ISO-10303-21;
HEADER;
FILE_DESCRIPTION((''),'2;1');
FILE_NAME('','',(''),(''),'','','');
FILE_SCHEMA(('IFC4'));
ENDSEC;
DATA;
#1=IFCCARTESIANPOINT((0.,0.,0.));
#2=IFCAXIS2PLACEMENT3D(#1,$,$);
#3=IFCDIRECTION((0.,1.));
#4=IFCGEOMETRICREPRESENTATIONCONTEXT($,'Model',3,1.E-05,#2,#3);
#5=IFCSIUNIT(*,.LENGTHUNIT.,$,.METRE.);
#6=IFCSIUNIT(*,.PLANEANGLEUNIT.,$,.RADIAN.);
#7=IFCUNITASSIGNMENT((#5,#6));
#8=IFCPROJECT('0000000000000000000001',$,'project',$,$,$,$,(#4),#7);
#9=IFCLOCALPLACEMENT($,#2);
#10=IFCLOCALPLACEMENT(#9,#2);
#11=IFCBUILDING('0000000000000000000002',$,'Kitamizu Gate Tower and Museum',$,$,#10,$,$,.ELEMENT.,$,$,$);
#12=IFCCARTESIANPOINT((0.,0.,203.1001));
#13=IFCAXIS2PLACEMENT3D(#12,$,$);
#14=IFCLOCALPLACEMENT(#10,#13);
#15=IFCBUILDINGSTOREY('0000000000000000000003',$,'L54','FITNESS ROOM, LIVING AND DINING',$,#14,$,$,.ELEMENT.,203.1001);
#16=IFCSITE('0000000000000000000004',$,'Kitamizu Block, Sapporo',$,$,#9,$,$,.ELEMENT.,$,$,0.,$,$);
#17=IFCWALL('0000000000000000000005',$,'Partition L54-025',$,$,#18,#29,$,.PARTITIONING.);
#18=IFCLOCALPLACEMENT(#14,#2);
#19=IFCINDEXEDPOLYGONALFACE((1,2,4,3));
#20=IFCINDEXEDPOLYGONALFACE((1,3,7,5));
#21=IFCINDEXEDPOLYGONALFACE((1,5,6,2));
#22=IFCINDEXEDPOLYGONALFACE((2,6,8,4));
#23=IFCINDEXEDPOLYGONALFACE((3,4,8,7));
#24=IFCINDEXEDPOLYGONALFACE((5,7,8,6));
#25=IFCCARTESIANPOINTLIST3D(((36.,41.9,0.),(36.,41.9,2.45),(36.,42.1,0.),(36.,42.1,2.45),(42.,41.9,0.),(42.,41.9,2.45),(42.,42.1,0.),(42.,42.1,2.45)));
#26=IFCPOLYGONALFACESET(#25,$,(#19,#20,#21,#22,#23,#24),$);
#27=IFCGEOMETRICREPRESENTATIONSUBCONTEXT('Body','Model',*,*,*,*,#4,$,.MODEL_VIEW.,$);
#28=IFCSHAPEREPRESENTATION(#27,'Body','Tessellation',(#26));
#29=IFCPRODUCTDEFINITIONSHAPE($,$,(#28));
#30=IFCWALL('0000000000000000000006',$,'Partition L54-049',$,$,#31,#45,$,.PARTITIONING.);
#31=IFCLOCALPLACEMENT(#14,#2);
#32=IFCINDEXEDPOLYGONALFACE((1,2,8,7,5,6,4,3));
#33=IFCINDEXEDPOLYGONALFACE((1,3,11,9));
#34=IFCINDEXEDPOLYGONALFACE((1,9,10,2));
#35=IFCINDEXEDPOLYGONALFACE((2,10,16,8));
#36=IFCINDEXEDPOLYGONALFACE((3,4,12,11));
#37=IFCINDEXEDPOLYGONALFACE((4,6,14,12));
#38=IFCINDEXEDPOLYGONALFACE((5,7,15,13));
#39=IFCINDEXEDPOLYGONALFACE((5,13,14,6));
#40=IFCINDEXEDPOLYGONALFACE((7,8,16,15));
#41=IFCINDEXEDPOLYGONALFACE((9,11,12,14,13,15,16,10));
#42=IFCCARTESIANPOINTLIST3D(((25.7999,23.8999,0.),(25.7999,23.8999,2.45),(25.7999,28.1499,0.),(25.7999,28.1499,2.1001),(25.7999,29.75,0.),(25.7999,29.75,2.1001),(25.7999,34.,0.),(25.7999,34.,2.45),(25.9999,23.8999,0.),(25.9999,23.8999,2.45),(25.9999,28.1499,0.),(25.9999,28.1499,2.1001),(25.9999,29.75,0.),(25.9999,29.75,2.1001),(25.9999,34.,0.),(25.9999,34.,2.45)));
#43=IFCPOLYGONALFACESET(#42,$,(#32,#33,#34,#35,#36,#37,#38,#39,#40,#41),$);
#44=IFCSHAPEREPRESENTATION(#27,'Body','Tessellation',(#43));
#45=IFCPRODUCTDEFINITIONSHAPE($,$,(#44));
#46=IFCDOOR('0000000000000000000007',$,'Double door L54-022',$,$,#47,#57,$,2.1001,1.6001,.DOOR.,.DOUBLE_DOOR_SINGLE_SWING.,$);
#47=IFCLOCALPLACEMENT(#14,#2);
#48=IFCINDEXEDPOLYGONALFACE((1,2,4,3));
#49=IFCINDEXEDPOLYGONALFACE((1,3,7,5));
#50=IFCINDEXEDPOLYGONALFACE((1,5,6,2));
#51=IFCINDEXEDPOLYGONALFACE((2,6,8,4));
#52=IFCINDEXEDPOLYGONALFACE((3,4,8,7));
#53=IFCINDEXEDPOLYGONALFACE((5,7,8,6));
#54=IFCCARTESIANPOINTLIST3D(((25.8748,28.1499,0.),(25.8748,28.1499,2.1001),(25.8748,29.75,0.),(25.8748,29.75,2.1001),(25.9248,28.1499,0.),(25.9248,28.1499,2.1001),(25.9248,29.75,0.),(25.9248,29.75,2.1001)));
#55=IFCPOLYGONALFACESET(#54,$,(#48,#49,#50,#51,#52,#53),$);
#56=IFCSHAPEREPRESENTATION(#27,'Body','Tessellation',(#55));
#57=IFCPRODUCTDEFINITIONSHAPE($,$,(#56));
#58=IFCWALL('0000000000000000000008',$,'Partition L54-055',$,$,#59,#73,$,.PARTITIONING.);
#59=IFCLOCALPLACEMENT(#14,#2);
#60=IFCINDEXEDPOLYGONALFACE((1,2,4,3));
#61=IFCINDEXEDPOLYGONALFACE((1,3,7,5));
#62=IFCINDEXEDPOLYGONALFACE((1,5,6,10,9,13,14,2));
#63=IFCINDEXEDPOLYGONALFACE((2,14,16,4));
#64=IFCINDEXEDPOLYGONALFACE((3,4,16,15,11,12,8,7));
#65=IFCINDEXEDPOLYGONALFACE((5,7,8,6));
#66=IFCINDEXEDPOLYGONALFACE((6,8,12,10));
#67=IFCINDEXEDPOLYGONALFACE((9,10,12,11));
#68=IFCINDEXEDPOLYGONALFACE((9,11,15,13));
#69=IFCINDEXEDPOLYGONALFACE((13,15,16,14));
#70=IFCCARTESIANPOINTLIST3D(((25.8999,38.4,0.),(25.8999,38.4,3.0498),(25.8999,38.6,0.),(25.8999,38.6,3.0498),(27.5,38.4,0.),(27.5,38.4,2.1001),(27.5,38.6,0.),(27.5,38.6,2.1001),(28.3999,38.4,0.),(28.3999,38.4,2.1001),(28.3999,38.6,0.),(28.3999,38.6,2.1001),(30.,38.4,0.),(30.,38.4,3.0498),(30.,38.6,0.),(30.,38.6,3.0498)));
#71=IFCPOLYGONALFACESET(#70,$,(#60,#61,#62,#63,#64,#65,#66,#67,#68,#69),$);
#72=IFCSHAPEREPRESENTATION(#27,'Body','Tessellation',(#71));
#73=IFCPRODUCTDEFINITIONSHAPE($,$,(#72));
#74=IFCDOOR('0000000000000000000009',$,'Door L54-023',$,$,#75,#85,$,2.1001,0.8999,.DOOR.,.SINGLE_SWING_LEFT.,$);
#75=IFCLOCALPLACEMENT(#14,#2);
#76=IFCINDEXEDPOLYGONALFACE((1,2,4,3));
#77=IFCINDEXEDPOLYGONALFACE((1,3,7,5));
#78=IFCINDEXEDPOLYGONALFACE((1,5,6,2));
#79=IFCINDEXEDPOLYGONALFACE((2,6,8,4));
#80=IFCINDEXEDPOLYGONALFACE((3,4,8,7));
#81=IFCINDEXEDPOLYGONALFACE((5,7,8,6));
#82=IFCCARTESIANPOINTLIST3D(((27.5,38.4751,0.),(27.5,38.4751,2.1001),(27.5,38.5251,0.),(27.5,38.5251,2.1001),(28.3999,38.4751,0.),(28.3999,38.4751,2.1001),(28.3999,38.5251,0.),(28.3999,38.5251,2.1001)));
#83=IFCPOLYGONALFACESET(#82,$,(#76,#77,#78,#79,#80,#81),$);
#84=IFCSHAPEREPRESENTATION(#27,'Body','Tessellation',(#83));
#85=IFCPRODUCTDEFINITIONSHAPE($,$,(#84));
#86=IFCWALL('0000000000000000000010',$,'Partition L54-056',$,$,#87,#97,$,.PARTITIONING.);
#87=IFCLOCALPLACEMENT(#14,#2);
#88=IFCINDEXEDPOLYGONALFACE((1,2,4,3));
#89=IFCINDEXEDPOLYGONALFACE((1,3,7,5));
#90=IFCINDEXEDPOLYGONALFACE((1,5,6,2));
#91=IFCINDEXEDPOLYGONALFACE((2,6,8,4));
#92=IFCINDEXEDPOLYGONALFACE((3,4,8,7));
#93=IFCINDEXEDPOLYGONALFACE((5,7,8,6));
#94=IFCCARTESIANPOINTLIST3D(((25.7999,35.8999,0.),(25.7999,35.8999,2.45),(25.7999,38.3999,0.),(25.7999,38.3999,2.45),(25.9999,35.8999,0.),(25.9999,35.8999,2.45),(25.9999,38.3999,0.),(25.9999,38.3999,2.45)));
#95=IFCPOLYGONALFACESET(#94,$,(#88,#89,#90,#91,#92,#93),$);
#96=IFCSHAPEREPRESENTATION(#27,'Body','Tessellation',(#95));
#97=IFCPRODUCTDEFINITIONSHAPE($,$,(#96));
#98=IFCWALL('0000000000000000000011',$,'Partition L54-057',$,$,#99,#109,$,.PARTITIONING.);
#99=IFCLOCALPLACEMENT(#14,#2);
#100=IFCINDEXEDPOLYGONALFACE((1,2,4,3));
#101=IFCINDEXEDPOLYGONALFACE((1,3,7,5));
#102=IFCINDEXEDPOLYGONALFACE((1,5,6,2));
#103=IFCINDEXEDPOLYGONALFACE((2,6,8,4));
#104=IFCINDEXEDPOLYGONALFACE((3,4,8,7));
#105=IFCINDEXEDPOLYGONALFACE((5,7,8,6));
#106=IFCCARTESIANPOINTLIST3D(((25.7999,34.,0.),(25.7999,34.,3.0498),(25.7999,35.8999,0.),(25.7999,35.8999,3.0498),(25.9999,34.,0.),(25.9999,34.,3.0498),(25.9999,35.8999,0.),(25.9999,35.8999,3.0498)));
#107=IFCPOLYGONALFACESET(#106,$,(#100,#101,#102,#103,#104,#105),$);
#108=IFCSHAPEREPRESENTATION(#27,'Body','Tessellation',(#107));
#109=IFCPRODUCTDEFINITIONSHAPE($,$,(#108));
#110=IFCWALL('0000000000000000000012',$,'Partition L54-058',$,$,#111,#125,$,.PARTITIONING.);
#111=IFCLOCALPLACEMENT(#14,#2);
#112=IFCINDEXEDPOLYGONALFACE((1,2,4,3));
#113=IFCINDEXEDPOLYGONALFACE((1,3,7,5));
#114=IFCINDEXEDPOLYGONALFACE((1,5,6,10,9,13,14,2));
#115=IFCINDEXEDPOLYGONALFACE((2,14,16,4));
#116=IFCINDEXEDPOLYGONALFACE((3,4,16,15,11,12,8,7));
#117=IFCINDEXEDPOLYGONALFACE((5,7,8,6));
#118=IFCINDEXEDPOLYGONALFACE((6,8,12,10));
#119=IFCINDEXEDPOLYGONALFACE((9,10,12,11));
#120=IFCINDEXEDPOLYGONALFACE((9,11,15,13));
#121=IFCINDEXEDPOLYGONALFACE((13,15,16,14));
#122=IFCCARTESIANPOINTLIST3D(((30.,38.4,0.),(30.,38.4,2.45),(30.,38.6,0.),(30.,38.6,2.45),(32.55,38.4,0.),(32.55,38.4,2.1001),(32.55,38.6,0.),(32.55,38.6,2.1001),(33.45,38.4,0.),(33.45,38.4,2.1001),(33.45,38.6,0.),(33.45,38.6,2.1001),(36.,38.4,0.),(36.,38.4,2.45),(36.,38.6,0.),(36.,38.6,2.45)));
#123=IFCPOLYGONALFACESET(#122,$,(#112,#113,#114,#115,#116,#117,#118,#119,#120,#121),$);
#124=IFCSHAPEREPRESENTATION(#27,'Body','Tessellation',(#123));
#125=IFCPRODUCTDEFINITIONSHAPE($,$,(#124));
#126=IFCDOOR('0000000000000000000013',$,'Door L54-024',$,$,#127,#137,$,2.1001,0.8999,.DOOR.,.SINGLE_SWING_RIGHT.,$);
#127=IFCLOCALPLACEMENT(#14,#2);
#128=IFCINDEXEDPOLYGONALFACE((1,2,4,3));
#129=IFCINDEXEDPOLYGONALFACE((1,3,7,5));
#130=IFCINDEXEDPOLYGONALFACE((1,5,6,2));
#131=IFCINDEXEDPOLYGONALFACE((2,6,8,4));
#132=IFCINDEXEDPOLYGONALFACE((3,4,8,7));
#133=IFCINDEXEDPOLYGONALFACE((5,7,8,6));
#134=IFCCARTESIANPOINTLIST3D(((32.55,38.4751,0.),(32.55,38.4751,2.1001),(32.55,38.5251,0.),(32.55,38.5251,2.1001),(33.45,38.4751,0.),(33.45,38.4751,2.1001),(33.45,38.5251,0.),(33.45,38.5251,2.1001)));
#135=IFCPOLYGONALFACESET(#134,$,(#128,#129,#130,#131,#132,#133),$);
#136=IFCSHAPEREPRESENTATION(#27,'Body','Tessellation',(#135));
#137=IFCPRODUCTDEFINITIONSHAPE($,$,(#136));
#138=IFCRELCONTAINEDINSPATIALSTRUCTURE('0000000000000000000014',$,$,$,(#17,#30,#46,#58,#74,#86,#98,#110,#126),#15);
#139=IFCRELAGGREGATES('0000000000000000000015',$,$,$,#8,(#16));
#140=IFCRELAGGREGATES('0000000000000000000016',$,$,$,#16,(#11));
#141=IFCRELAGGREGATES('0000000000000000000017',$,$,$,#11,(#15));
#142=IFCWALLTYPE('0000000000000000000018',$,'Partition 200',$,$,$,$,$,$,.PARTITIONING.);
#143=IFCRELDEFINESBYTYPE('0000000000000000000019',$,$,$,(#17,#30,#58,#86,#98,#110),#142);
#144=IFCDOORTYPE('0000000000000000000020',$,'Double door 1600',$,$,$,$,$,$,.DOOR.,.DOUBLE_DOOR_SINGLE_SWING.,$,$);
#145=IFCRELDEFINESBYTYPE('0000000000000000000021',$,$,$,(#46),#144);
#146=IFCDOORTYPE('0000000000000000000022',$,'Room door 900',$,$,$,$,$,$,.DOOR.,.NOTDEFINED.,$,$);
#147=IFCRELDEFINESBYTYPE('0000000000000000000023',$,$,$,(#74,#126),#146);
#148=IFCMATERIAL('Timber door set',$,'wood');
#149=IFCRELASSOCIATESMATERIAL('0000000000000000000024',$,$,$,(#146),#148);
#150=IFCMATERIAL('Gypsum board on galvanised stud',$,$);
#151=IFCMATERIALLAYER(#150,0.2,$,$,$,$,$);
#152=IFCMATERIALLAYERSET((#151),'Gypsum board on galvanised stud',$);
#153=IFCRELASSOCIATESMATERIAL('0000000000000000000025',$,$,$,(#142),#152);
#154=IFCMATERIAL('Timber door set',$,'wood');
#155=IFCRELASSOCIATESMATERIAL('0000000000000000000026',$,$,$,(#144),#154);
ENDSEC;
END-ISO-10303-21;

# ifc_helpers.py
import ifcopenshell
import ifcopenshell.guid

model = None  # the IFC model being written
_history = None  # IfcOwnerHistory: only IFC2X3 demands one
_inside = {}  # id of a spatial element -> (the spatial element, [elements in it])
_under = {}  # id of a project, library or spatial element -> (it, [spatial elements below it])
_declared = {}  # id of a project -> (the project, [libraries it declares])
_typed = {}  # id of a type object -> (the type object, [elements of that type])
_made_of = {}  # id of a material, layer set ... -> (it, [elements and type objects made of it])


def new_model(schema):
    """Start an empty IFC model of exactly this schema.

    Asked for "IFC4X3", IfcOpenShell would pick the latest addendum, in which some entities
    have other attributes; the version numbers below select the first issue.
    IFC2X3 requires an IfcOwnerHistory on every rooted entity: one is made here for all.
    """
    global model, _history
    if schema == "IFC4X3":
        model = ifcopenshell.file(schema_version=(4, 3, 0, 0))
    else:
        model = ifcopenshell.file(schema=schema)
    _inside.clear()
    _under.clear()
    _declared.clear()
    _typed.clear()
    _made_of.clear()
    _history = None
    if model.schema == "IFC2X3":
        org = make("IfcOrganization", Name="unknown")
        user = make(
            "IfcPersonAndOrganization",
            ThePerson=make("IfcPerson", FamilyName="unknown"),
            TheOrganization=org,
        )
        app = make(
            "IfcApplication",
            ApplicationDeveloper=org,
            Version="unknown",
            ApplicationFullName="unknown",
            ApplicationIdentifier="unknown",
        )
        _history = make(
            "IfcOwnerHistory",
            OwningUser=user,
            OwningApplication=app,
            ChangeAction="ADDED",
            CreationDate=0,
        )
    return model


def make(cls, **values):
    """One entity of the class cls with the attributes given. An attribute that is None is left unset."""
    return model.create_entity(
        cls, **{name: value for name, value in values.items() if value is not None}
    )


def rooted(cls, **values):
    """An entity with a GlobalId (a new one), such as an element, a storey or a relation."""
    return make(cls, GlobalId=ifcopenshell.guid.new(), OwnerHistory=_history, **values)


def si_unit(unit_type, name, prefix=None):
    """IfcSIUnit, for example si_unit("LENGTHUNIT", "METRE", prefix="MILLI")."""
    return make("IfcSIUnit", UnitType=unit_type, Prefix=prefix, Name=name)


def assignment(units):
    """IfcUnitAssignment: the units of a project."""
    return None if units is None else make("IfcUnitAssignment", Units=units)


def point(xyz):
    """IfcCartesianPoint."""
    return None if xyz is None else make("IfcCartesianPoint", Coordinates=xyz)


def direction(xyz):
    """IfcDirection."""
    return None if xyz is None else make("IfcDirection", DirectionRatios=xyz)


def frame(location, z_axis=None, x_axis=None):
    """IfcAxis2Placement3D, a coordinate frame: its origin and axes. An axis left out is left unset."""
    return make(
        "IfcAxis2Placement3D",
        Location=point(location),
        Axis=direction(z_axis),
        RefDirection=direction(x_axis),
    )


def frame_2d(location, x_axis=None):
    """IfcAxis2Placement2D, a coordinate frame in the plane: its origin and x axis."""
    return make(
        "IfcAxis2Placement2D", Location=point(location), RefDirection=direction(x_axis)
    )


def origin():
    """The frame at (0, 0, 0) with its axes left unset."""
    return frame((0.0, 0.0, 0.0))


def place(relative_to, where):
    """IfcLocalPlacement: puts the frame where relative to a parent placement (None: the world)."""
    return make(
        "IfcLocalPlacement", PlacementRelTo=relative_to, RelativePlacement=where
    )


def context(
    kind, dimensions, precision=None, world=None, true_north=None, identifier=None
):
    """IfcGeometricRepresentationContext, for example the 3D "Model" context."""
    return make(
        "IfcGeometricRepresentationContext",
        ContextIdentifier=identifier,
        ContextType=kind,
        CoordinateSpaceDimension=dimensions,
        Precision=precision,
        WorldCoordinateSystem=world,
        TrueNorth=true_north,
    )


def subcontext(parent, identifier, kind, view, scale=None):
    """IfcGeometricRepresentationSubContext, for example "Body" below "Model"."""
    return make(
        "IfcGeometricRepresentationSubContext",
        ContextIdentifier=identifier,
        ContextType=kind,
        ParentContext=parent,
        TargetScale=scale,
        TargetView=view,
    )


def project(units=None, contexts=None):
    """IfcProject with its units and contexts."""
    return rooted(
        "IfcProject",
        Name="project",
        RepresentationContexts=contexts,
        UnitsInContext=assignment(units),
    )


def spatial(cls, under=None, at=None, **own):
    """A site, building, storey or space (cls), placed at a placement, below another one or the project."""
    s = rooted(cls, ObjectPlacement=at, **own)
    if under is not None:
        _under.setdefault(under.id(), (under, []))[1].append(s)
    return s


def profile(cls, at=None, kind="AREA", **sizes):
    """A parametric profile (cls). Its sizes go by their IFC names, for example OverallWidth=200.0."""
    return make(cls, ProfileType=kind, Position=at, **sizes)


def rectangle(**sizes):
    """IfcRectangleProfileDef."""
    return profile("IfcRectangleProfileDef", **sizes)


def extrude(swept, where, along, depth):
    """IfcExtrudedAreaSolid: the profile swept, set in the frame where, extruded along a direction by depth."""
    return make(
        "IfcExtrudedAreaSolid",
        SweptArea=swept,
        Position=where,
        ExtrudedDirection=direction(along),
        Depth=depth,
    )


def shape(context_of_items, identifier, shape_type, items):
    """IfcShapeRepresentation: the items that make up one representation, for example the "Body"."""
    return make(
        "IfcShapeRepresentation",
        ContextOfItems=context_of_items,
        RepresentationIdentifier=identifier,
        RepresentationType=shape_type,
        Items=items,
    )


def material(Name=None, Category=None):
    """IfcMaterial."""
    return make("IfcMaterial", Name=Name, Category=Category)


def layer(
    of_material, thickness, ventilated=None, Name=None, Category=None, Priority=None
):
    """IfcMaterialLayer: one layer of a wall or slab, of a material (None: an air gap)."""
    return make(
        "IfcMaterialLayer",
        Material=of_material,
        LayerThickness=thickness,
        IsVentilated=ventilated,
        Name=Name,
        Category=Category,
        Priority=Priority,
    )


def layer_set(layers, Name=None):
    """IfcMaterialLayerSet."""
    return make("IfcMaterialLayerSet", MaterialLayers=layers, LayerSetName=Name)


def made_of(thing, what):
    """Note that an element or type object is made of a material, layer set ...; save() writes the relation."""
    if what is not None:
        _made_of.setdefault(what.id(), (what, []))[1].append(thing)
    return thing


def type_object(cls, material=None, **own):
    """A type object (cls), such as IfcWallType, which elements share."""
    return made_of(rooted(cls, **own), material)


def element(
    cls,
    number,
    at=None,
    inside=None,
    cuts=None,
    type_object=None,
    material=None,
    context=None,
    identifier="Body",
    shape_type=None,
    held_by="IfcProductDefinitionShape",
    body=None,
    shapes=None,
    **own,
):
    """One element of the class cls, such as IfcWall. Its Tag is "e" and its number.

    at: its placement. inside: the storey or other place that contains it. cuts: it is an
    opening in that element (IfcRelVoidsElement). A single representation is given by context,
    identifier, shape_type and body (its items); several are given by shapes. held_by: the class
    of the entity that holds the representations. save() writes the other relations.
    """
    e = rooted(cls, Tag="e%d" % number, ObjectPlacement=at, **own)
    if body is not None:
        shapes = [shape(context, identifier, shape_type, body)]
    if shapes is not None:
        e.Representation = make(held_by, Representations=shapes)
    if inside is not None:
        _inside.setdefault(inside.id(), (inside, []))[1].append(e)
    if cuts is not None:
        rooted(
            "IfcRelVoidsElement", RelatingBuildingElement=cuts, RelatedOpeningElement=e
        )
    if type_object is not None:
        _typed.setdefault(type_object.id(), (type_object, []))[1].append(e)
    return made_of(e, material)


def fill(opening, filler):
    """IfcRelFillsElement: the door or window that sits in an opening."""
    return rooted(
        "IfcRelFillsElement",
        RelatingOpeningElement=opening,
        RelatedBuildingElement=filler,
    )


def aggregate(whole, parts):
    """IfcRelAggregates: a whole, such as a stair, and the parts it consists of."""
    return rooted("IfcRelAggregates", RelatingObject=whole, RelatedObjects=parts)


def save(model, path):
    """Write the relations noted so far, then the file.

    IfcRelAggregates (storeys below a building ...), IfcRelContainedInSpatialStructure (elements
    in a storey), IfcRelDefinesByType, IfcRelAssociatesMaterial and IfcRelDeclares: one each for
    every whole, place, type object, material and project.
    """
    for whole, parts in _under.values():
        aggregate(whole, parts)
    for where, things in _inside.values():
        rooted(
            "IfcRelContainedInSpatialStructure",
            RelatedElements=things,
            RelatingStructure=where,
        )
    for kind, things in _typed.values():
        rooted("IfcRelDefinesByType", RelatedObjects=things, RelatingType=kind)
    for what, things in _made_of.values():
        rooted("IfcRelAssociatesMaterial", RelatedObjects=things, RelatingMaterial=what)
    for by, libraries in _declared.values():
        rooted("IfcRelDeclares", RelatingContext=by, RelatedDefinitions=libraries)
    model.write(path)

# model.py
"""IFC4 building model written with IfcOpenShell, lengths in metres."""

from ifc_helpers import new_model, si_unit, direction, frame, frame_2d, origin, place, context, subcontext, project, spatial, rectangle, extrude, material, layer, layer_set, type_object, element, fill, save


model = new_model("IFC4")

# Units and contexts
model_context = context("Model", 3, precision=1e-05, world=origin(), true_north=direction((0.0, 1.0)))
body_context = subcontext(model_context, "Body", "Model", "MODEL_VIEW")
ifc_project = project(units=[si_unit("LENGTHUNIT", "METRE"), si_unit("PLANEANGLEUNIT", "RADIAN")], contexts=[model_context])

# Site, building, storey
site_placement = place(None, origin())
site = spatial("IfcSite", under=ifc_project, at=site_placement, Name="Kitamizu Block, Sapporo", CompositionType="ELEMENT", RefElevation=0.0)
building_placement = place(site_placement, origin())
building = spatial("IfcBuilding", under=site, at=building_placement, Name="Kitamizu Gate Tower and Museum", CompositionType="ELEMENT")
storey_placement = place(building_placement, frame((0.0, 0.0, 203.1001)))
storey = spatial("IfcBuildingStorey", under=building, at=storey_placement, Name="L54", Description="FITNESS ROOM, LIVING AND DINING", CompositionType="ELEMENT", Elevation=203.1001)

# Shared definitions
ifc_material_1 = material(Name="Timber door set", Category="wood")
door_type_1 = type_object("IfcDoorType", Name="Room door 900", OperationType="NOTDEFINED", PredefinedType="DOOR", material=ifc_material_1)

# Wall
ifc_material_2 = material(Name="Gypsum board on galvanised stud")
ifc_layer_1 = layer(ifc_material_2, 0.2)
ifc_layer_set_1 = layer_set([ifc_layer_1], Name="Gypsum board on galvanised stud")
wall_type_1 = type_object("IfcWallType", Name="Partition 200", PredefinedType="PARTITIONING", material=ifc_layer_set_1)
wall_1_placement = place(storey_placement, frame((36.0, 42.0, 0.0), z_axis=(0.0, 0.0, 1.0), x_axis=(1.0, 0.0, 0.0)))
element("IfcWall", 1, at=wall_1_placement, inside=storey, type_object=wall_type_1, Name="Partition L54-025", PredefinedType="PARTITIONING", context=body_context, shape_type="SweptSolid", body=[
    extrude(rectangle(XDim=6.0, YDim=0.2, at=frame_2d((3.0, 0.0))), origin(), (0.0, 0.0, 1.0), 2.45),
])

# Walls, openings, doors
wall_2_placement = place(storey_placement, frame((25.8999, 34.0, 0.0), z_axis=(0.0, 0.0, 1.0), x_axis=(0.0, -1.0, 0.0)))
wall_2 = element("IfcWall", 2, at=wall_2_placement, inside=storey, type_object=wall_type_1, Name="Partition L54-049", PredefinedType="PARTITIONING", context=body_context, shape_type="SweptSolid", body=[
    extrude(rectangle(XDim=10.1001, YDim=0.2, at=frame_2d((5.05, 0.0))), origin(), (0.0, 0.0, 1.0), 2.45),
])
opening_1_placement = place(wall_2_placement, frame((4.25, 0.0, 0.0)))
opening_1 = element("IfcOpeningElement", 3, at=opening_1_placement, cuts=wall_2, PredefinedType="OPENING", context=body_context, shape_type="SweptSolid", body=[
    extrude(rectangle(XDim=1.6001, YDim=2.1001, at=frame_2d((0.8, 1.05))), frame((0.0, 0.1099, 0.0), z_axis=(0.0, -1.0, 0.0), x_axis=(1.0, 0.0, 0.0)), (0.0, 0.0, 1.0), 0.22),
])
ifc_material_3 = material(Name="Timber door set", Category="wood")
door_type_2 = type_object("IfcDoorType", Name="Double door 1600", OperationType="DOUBLE_DOOR_SINGLE_SWING", PredefinedType="DOOR", material=ifc_material_3)
door_1_placement = place(opening_1_placement, origin())
door_1 = element("IfcDoor", 4, at=door_1_placement, inside=storey, type_object=door_type_2, Name="Double door L54-022", OperationType="DOUBLE_DOOR_SINGLE_SWING", OverallHeight=2.1001, OverallWidth=1.6001, PredefinedType="DOOR", context=body_context, shape_type="SweptSolid", body=[
    extrude(rectangle(XDim=1.6001, YDim=2.1001, at=frame_2d((0.8, 1.05))), frame((0.0, 0.0249, 0.0), z_axis=(0.0, -1.0, 0.0), x_axis=(1.0, 0.0, 0.0)), (0.0, 0.0, 1.0), 0.05),
])
fill(opening_1, door_1)
wall_3_placement = place(storey_placement, frame((30.0, 38.5, 0.0), z_axis=(0.0, 0.0, 1.0), x_axis=(-1.0, 0.0, 0.0)))
wall_3 = element("IfcWall", 5, at=wall_3_placement, inside=storey, type_object=wall_type_1, Name="Partition L54-055", PredefinedType="PARTITIONING", context=body_context, shape_type="SweptSolid", body=[
    extrude(rectangle(XDim=4.1001, YDim=0.2, at=frame_2d((2.05, 0.0))), origin(), (0.0, 0.0, 1.0), 3.0498),
])
opening_2_placement = place(wall_3_placement, frame((1.6001, 0.0, 0.0)))
opening_2 = element("IfcOpeningElement", 6, at=opening_2_placement, cuts=wall_3, PredefinedType="OPENING", context=body_context, shape_type="SweptSolid", body=[
    extrude(rectangle(XDim=0.8999, YDim=2.1001, at=frame_2d((0.45, 1.05))), frame((0.0, 0.1099, 0.0), z_axis=(0.0, -1.0, 0.0), x_axis=(1.0, 0.0, 0.0)), (0.0, 0.0, 1.0), 0.22),
])
door_2_placement = place(opening_2_placement, origin())
door_2 = element("IfcDoor", 7, at=door_2_placement, inside=storey, type_object=door_type_1, Name="Door L54-023", OperationType="SINGLE_SWING_LEFT", OverallHeight=2.1001, OverallWidth=0.8999, PredefinedType="DOOR", context=body_context, shape_type="SweptSolid", body=[
    extrude(rectangle(XDim=0.8999, YDim=2.1001, at=frame_2d((0.45, 1.05))), frame((0.0, 0.0249, 0.0), z_axis=(0.0, -1.0, 0.0), x_axis=(1.0, 0.0, 0.0)), (0.0, 0.0, 1.0), 0.05),
])
fill(opening_2, door_2)

# Walls
wall_4_placement = place(storey_placement, frame((25.8999, 38.3999, 0.0), z_axis=(0.0, 0.0, 1.0), x_axis=(0.0, -1.0, 0.0)))
element("IfcWall", 8, at=wall_4_placement, inside=storey, type_object=wall_type_1, Name="Partition L54-056", PredefinedType="PARTITIONING", context=body_context, shape_type="SweptSolid", body=[
    extrude(rectangle(XDim=2.5, YDim=0.2, at=frame_2d((1.25, 0.0))), origin(), (0.0, 0.0, 1.0), 2.45),
])
wall_5_placement = place(storey_placement, frame((25.8999, 35.8999, 0.0), z_axis=(0.0, 0.0, 1.0), x_axis=(0.0, -1.0, 0.0)))
element("IfcWall", 9, at=wall_5_placement, inside=storey, type_object=wall_type_1, Name="Partition L54-057", PredefinedType="PARTITIONING", context=body_context, shape_type="SweptSolid", body=[
    extrude(rectangle(XDim=1.8999, YDim=0.2, at=frame_2d((0.95, 0.0))), origin(), (0.0, 0.0, 1.0), 3.0498),
])

# Wall, opening, door
wall_6_placement = place(storey_placement, frame((36.0, 38.5, 0.0), z_axis=(0.0, 0.0, 1.0), x_axis=(-1.0, 0.0, 0.0)))
wall_6 = element("IfcWall", 10, at=wall_6_placement, inside=storey, type_object=wall_type_1, Name="Partition L54-058", PredefinedType="PARTITIONING", context=body_context, shape_type="SweptSolid", body=[
    extrude(rectangle(XDim=6.0, YDim=0.2, at=frame_2d((3.0, 0.0))), origin(), (0.0, 0.0, 1.0), 2.45),
])
opening_3_placement = place(wall_6_placement, frame((2.55, 0.0, 0.0)))
opening_3 = element("IfcOpeningElement", 11, at=opening_3_placement, cuts=wall_6, PredefinedType="OPENING", context=body_context, shape_type="SweptSolid", body=[
    extrude(rectangle(XDim=0.8999, YDim=2.1001, at=frame_2d((0.45, 1.05))), frame((0.0, 0.1099, 0.0), z_axis=(0.0, -1.0, 0.0), x_axis=(1.0, 0.0, 0.0)), (0.0, 0.0, 1.0), 0.22),
])
door_3_placement = place(opening_3_placement, origin())
door_3 = element("IfcDoor", 12, at=door_3_placement, inside=storey, type_object=door_type_1, Name="Door L54-024", OperationType="SINGLE_SWING_RIGHT", OverallHeight=2.1001, OverallWidth=0.8999, PredefinedType="DOOR", context=body_context, shape_type="SweptSolid", body=[
    extrude(rectangle(XDim=0.8999, YDim=2.1001, at=frame_2d((0.45, 1.05))), frame((0.0, 0.0249, 0.0), z_axis=(0.0, -1.0, 0.0), x_axis=(1.0, 0.0, 0.0)), (0.0, 0.0, 1.0), 0.05),
])
fill(opening_3, door_3)

save(model, "model.ifc")
